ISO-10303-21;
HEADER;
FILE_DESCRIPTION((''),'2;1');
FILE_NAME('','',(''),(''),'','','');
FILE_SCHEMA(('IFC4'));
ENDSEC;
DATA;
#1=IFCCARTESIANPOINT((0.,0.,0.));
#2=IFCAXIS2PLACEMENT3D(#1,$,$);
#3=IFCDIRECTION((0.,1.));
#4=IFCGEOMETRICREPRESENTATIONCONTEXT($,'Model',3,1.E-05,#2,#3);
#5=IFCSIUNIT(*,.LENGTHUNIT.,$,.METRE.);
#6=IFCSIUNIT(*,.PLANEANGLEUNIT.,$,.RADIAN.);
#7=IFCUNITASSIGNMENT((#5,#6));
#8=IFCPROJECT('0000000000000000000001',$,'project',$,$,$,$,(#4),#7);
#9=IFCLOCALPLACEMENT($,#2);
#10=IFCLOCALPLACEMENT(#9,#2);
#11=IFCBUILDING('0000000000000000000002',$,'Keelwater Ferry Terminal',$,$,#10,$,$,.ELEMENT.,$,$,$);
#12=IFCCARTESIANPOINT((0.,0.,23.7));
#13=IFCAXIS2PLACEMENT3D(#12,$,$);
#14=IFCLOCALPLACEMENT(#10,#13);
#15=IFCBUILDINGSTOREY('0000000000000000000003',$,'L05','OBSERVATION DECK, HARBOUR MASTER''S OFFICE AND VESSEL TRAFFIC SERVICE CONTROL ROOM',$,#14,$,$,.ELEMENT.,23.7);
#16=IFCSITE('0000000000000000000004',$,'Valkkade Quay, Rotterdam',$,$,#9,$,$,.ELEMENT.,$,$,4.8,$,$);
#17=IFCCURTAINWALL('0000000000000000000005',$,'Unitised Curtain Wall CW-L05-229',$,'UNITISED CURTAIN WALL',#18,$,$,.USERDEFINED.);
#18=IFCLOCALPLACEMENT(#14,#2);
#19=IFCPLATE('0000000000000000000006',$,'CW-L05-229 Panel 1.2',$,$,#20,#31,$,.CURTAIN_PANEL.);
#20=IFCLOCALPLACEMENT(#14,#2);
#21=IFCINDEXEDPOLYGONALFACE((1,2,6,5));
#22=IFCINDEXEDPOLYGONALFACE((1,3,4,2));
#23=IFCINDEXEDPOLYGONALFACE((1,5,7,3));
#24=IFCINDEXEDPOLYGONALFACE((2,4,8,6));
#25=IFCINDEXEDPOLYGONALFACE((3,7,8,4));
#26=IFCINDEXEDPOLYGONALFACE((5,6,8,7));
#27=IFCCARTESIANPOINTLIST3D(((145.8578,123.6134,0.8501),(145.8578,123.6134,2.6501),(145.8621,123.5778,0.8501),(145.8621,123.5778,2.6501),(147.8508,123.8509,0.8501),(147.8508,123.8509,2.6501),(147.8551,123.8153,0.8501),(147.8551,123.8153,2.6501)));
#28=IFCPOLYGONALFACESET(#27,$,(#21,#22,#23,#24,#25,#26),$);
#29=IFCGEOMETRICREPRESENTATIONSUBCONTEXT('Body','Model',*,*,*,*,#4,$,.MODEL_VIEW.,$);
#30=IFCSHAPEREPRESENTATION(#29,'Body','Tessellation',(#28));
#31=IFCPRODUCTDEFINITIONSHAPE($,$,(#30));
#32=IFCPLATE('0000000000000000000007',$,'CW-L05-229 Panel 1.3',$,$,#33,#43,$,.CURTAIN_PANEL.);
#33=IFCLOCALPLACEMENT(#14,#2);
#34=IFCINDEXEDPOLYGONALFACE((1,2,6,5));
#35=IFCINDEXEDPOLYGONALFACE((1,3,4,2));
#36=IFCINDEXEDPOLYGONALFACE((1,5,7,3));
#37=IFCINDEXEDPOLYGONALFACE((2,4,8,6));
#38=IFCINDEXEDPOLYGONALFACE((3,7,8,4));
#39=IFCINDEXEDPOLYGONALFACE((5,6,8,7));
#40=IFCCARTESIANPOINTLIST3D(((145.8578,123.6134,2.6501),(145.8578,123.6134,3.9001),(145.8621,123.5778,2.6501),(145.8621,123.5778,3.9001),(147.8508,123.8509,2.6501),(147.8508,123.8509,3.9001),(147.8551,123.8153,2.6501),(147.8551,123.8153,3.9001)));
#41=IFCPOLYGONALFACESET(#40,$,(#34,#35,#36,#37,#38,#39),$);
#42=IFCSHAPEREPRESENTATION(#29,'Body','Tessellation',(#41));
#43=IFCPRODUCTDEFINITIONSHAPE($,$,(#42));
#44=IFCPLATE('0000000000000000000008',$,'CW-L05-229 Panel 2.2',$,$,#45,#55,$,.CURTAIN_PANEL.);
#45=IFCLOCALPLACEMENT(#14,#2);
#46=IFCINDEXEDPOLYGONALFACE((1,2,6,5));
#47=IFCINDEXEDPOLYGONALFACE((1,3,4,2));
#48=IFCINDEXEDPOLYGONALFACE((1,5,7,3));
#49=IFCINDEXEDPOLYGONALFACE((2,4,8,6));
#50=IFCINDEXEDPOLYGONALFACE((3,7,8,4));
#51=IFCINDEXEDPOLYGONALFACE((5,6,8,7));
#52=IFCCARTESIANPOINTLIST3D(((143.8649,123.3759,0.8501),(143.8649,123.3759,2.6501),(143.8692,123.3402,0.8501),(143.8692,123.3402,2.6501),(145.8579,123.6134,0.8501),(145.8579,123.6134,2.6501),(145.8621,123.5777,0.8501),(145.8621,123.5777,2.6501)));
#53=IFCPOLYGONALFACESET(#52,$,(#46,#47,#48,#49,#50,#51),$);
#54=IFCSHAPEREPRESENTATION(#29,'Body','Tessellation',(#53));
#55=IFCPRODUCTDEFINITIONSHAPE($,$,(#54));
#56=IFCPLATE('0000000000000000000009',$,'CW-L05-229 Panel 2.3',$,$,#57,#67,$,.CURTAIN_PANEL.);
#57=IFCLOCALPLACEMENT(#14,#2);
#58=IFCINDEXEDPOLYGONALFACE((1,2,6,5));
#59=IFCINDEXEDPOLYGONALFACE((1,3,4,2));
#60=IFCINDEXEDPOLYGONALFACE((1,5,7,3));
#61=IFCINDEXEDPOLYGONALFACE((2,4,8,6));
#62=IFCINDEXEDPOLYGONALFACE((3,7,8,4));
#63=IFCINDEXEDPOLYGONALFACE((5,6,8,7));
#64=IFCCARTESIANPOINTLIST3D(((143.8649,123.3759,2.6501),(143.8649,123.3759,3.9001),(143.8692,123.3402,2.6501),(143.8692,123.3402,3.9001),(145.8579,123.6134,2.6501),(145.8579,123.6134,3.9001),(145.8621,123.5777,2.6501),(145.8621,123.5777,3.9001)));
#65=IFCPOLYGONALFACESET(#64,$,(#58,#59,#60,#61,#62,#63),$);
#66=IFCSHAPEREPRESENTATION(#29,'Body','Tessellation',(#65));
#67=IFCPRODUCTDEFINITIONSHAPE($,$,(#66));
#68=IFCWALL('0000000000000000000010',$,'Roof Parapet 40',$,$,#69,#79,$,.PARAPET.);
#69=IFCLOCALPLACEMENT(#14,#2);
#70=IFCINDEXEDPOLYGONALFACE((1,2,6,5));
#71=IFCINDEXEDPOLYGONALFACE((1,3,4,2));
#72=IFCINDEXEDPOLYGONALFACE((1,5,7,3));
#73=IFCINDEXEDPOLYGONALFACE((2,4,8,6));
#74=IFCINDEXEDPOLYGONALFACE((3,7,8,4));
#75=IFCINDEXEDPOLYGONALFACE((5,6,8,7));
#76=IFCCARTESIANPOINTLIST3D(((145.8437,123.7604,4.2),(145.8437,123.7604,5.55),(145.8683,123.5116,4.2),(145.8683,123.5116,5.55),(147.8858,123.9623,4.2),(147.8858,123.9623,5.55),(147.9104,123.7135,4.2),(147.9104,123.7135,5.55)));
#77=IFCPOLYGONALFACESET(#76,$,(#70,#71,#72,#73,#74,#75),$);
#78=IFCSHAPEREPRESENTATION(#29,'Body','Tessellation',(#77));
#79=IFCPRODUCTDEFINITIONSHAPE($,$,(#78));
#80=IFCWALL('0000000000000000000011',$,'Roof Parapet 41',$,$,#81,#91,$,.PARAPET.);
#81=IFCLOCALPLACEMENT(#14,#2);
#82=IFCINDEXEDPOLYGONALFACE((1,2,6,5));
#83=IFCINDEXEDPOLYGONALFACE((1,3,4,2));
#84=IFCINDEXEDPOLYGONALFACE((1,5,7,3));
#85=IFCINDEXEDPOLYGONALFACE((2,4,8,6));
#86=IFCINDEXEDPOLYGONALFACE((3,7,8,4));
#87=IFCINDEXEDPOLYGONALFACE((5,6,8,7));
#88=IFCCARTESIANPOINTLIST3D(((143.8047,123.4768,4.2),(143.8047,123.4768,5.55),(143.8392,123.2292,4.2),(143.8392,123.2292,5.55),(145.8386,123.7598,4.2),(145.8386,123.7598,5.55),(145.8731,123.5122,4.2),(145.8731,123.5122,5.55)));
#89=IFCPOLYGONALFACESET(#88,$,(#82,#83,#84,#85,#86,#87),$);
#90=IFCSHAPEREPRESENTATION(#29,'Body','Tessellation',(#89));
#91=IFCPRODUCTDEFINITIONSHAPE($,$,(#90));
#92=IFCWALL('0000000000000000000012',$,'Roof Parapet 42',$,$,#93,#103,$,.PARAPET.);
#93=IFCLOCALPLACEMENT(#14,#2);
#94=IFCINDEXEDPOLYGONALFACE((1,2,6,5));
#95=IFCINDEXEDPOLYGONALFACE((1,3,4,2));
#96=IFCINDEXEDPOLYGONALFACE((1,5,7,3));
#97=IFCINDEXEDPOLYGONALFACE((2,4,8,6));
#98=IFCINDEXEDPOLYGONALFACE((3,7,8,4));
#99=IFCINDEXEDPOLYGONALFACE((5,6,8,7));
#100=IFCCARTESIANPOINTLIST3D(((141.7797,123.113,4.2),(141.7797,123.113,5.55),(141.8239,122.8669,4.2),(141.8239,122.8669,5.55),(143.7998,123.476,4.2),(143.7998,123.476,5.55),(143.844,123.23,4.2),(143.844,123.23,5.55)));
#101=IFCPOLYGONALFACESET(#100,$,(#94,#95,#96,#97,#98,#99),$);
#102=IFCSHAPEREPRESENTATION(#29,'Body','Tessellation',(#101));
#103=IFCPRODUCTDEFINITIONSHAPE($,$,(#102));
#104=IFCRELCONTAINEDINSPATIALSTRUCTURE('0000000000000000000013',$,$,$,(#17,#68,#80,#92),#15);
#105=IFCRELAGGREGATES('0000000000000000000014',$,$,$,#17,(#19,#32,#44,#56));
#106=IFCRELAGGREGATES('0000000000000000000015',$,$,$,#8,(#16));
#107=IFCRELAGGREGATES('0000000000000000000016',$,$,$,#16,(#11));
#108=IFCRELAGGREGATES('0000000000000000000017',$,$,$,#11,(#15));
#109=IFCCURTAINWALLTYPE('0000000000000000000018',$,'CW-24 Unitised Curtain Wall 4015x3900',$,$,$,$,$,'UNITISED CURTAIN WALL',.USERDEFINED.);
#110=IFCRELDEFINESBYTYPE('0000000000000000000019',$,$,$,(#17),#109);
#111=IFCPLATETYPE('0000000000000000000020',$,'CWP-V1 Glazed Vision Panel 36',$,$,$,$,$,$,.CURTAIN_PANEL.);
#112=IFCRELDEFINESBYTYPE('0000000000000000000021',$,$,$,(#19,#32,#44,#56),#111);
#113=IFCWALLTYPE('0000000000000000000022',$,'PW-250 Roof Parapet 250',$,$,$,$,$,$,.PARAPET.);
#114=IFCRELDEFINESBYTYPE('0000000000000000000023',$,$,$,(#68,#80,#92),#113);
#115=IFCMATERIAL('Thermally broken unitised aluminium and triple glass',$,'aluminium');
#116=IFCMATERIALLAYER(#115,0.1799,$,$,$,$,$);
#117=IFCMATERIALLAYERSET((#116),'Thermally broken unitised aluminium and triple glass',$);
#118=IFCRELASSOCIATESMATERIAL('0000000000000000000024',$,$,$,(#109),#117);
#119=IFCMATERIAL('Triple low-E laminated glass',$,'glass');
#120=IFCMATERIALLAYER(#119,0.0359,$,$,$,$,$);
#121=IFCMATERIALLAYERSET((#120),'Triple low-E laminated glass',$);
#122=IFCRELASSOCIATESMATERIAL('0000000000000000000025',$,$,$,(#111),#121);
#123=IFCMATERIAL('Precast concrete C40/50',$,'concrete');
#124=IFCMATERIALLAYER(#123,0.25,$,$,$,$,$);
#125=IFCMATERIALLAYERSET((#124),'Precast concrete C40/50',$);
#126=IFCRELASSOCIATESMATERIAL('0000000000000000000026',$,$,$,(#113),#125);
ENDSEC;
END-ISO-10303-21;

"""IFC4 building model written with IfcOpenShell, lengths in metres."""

from ifc_helpers import new_model, si_unit, direction, frame, frame_2d, origin, origin_2d, place, context, subcontext, project, spatial, rectangle, extrude, material, layer, layer_set, type_object, element, aggregate, save


model = new_model("IFC4")

# Units and contexts
model_context = context("Model", 3, precision=1e-05, world=origin(), true_north=direction((0.0, 1.0)))
body_context = subcontext(model_context, "Body", "Model", "MODEL_VIEW")
ifc_project = project(units=[si_unit("LENGTHUNIT", "METRE"), si_unit("PLANEANGLEUNIT", "RADIAN")], contexts=[model_context])

# Site, building, storey
site_placement = place(None, origin())
site = spatial("IfcSite", under=ifc_project, at=site_placement, Name="Valkkade Quay, Rotterdam", CompositionType="ELEMENT", RefElevation=4.8)
building_placement = place(site_placement, origin())
building = spatial("IfcBuilding", under=site, at=building_placement, Name="Keelwater Ferry Terminal", CompositionType="ELEMENT")
storey_placement = place(building_placement, frame((0.0, 0.0, 23.7)))
storey = spatial("IfcBuildingStorey", under=building, at=storey_placement, Name="L05", Description="OBSERVATION DECK, HARBOUR MASTER'S OFFICE AND VESSEL TRAFFIC SERVICE CONTROL ROOM", CompositionType="ELEMENT", Elevation=23.7)

# Shared definitions
ifc_material_1 = material(Name="Thermally broken unitised aluminium and triple glass", Category="aluminium")
ifc_layer_1 = layer(ifc_material_1, 0.1799)
ifc_layer_set_1 = layer_set([ifc_layer_1], Name="Thermally broken unitised aluminium and triple glass")
curtain_wall_type = type_object("IfcCurtainWallType", Name="CW-24 Unitised Curtain Wall 4015x3900", ElementType="UNITISED CURTAIN WALL", PredefinedType="USERDEFINED", material=ifc_layer_set_1)

# Curtain wall
curtain_wall_1_placement = place(storey_placement, origin())
curtain_wall_1 = element("IfcCurtainWall", 1, at=curtain_wall_1_placement, inside=storey, type_object=curtain_wall_type, Name="Unitised Curtain Wall CW-L05-229", ObjectType="UNITISED CURTAIN WALL", PredefinedType="USERDEFINED")

# Plates
ifc_material_2 = material(Name="Triple low-E laminated glass", Category="glass")
ifc_layer_2 = layer(ifc_material_2, 0.0359)
ifc_layer_set_2 = layer_set([ifc_layer_2], Name="Triple low-E laminated glass")
plate_type_1 = type_object("IfcPlateType", Name="CWP-V1 Glazed Vision Panel 36", PredefinedType="CURTAIN_PANEL", material=ifc_layer_set_2)
plate_1_placement = place(storey_placement, frame((146.8564, 123.7144, 0.8501), z_axis=(0.0, 0.0, 1.0), x_axis=(-0.992974, -0.11833, 0.0)))
plate_1 = element("IfcPlate", 2, at=plate_1_placement, type_object=plate_type_1, Name="CW-L05-229 Panel 1.2", PredefinedType="CURTAIN_PANEL", context=body_context, shape_type="SweptSolid", body=[
    extrude(rectangle(XDim=2.0071, YDim=0.0359, at=origin_2d()), origin(), (0.0, 0.0, 1.0), 1.8),
])
plate_2_placement = place(storey_placement, frame((146.8564, 123.7144, 2.6501), z_axis=(0.0, 0.0, 1.0), x_axis=(-0.992974, -0.11833, 0.0)))
plate_2 = element("IfcPlate", 3, at=plate_2_placement, type_object=plate_type_1, Name="CW-L05-229 Panel 1.3", PredefinedType="CURTAIN_PANEL", context=body_context, shape_type="SweptSolid", body=[
    extrude(rectangle(XDim=2.0071, YDim=0.0359, at=origin_2d()), origin(), (0.0, 0.0, 1.0), 1.25),
])
plate_3_placement = place(storey_placement, frame((144.8635, 123.4768, 0.8501), z_axis=(0.0, 0.0, 1.0), x_axis=(-0.992974, -0.11833, 0.0)))
plate_3 = element("IfcPlate", 4, at=plate_3_placement, type_object=plate_type_1, Name="CW-L05-229 Panel 2.2", PredefinedType="CURTAIN_PANEL", context=body_context, shape_type="SweptSolid", body=[
    extrude(rectangle(XDim=2.0071, YDim=0.0359, at=origin_2d()), origin(), (0.0, 0.0, 1.0), 1.8),
])
plate_4_placement = place(storey_placement, frame((144.8635, 123.4768, 2.6501), z_axis=(0.0, 0.0, 1.0), x_axis=(-0.992974, -0.11833, 0.0)))
plate_4 = element("IfcPlate", 5, at=plate_4_placement, type_object=plate_type_1, Name="CW-L05-229 Panel 2.3", PredefinedType="CURTAIN_PANEL", context=body_context, shape_type="SweptSolid", body=[
    extrude(rectangle(XDim=2.0071, YDim=0.0359, at=origin_2d()), origin(), (0.0, 0.0, 1.0), 1.25),
])
aggregate(curtain_wall_1, [plate_1, plate_2, plate_3, plate_4])

# Walls
ifc_material_3 = material(Name="Precast concrete C40/50", Category="concrete")
ifc_layer_3 = layer(ifc_material_3, 0.25)
ifc_layer_set_3 = layer_set([ifc_layer_3], Name="Precast concrete C40/50")
wall_type = type_object("IfcWallType", Name="PW-250 Roof Parapet 250", PredefinedType="PARAPET", material=ifc_layer_set_3)
wall_1_placement = place(storey_placement, frame((147.8979, 123.8379, 4.2), z_axis=(0.0, 0.0, 1.0), x_axis=(-0.995147, -0.098396, 0.0)))
element("IfcWall", 6, at=wall_1_placement, inside=storey, type_object=wall_type, Name="Roof Parapet 40", PredefinedType="PARAPET", context=body_context, shape_type="SweptSolid", body=[
    extrude(rectangle(XDim=2.052, YDim=0.25, at=frame_2d((1.0259, 0.0))), origin(), (0.0, 0.0, 1.0), 1.3501),
])
wall_2_placement = place(storey_placement, frame((145.856, 123.636, 4.2), z_axis=(0.0, 0.0, 1.0), x_axis=(-0.990461, -0.137792, 0.0)))
element("IfcWall", 7, at=wall_2_placement, inside=storey, type_object=wall_type, Name="Roof Parapet 41", PredefinedType="PARAPET", context=body_context, shape_type="SweptSolid", body=[
    extrude(rectangle(XDim=2.0535, YDim=0.25, at=frame_2d((1.0269, 0.0))), origin(), (0.0, 0.0, 1.0), 1.3501),
])
wall_3_placement = place(storey_placement, frame((143.822, 123.353, 4.2), z_axis=(0.0, 0.0, 1.0), x_axis=(-0.984231, -0.176886, 0.0)))
element("IfcWall", 8, at=wall_3_placement, inside=storey, type_object=wall_type, Name="Roof Parapet 42", PredefinedType="PARAPET", context=body_context, shape_type="SweptSolid", body=[
    extrude(rectangle(XDim=2.0525, YDim=0.25, at=frame_2d((1.0264, 0.0))), origin(), (0.0, 0.0, 1.0), 1.3501),
])

save(model, "model.ifc")
